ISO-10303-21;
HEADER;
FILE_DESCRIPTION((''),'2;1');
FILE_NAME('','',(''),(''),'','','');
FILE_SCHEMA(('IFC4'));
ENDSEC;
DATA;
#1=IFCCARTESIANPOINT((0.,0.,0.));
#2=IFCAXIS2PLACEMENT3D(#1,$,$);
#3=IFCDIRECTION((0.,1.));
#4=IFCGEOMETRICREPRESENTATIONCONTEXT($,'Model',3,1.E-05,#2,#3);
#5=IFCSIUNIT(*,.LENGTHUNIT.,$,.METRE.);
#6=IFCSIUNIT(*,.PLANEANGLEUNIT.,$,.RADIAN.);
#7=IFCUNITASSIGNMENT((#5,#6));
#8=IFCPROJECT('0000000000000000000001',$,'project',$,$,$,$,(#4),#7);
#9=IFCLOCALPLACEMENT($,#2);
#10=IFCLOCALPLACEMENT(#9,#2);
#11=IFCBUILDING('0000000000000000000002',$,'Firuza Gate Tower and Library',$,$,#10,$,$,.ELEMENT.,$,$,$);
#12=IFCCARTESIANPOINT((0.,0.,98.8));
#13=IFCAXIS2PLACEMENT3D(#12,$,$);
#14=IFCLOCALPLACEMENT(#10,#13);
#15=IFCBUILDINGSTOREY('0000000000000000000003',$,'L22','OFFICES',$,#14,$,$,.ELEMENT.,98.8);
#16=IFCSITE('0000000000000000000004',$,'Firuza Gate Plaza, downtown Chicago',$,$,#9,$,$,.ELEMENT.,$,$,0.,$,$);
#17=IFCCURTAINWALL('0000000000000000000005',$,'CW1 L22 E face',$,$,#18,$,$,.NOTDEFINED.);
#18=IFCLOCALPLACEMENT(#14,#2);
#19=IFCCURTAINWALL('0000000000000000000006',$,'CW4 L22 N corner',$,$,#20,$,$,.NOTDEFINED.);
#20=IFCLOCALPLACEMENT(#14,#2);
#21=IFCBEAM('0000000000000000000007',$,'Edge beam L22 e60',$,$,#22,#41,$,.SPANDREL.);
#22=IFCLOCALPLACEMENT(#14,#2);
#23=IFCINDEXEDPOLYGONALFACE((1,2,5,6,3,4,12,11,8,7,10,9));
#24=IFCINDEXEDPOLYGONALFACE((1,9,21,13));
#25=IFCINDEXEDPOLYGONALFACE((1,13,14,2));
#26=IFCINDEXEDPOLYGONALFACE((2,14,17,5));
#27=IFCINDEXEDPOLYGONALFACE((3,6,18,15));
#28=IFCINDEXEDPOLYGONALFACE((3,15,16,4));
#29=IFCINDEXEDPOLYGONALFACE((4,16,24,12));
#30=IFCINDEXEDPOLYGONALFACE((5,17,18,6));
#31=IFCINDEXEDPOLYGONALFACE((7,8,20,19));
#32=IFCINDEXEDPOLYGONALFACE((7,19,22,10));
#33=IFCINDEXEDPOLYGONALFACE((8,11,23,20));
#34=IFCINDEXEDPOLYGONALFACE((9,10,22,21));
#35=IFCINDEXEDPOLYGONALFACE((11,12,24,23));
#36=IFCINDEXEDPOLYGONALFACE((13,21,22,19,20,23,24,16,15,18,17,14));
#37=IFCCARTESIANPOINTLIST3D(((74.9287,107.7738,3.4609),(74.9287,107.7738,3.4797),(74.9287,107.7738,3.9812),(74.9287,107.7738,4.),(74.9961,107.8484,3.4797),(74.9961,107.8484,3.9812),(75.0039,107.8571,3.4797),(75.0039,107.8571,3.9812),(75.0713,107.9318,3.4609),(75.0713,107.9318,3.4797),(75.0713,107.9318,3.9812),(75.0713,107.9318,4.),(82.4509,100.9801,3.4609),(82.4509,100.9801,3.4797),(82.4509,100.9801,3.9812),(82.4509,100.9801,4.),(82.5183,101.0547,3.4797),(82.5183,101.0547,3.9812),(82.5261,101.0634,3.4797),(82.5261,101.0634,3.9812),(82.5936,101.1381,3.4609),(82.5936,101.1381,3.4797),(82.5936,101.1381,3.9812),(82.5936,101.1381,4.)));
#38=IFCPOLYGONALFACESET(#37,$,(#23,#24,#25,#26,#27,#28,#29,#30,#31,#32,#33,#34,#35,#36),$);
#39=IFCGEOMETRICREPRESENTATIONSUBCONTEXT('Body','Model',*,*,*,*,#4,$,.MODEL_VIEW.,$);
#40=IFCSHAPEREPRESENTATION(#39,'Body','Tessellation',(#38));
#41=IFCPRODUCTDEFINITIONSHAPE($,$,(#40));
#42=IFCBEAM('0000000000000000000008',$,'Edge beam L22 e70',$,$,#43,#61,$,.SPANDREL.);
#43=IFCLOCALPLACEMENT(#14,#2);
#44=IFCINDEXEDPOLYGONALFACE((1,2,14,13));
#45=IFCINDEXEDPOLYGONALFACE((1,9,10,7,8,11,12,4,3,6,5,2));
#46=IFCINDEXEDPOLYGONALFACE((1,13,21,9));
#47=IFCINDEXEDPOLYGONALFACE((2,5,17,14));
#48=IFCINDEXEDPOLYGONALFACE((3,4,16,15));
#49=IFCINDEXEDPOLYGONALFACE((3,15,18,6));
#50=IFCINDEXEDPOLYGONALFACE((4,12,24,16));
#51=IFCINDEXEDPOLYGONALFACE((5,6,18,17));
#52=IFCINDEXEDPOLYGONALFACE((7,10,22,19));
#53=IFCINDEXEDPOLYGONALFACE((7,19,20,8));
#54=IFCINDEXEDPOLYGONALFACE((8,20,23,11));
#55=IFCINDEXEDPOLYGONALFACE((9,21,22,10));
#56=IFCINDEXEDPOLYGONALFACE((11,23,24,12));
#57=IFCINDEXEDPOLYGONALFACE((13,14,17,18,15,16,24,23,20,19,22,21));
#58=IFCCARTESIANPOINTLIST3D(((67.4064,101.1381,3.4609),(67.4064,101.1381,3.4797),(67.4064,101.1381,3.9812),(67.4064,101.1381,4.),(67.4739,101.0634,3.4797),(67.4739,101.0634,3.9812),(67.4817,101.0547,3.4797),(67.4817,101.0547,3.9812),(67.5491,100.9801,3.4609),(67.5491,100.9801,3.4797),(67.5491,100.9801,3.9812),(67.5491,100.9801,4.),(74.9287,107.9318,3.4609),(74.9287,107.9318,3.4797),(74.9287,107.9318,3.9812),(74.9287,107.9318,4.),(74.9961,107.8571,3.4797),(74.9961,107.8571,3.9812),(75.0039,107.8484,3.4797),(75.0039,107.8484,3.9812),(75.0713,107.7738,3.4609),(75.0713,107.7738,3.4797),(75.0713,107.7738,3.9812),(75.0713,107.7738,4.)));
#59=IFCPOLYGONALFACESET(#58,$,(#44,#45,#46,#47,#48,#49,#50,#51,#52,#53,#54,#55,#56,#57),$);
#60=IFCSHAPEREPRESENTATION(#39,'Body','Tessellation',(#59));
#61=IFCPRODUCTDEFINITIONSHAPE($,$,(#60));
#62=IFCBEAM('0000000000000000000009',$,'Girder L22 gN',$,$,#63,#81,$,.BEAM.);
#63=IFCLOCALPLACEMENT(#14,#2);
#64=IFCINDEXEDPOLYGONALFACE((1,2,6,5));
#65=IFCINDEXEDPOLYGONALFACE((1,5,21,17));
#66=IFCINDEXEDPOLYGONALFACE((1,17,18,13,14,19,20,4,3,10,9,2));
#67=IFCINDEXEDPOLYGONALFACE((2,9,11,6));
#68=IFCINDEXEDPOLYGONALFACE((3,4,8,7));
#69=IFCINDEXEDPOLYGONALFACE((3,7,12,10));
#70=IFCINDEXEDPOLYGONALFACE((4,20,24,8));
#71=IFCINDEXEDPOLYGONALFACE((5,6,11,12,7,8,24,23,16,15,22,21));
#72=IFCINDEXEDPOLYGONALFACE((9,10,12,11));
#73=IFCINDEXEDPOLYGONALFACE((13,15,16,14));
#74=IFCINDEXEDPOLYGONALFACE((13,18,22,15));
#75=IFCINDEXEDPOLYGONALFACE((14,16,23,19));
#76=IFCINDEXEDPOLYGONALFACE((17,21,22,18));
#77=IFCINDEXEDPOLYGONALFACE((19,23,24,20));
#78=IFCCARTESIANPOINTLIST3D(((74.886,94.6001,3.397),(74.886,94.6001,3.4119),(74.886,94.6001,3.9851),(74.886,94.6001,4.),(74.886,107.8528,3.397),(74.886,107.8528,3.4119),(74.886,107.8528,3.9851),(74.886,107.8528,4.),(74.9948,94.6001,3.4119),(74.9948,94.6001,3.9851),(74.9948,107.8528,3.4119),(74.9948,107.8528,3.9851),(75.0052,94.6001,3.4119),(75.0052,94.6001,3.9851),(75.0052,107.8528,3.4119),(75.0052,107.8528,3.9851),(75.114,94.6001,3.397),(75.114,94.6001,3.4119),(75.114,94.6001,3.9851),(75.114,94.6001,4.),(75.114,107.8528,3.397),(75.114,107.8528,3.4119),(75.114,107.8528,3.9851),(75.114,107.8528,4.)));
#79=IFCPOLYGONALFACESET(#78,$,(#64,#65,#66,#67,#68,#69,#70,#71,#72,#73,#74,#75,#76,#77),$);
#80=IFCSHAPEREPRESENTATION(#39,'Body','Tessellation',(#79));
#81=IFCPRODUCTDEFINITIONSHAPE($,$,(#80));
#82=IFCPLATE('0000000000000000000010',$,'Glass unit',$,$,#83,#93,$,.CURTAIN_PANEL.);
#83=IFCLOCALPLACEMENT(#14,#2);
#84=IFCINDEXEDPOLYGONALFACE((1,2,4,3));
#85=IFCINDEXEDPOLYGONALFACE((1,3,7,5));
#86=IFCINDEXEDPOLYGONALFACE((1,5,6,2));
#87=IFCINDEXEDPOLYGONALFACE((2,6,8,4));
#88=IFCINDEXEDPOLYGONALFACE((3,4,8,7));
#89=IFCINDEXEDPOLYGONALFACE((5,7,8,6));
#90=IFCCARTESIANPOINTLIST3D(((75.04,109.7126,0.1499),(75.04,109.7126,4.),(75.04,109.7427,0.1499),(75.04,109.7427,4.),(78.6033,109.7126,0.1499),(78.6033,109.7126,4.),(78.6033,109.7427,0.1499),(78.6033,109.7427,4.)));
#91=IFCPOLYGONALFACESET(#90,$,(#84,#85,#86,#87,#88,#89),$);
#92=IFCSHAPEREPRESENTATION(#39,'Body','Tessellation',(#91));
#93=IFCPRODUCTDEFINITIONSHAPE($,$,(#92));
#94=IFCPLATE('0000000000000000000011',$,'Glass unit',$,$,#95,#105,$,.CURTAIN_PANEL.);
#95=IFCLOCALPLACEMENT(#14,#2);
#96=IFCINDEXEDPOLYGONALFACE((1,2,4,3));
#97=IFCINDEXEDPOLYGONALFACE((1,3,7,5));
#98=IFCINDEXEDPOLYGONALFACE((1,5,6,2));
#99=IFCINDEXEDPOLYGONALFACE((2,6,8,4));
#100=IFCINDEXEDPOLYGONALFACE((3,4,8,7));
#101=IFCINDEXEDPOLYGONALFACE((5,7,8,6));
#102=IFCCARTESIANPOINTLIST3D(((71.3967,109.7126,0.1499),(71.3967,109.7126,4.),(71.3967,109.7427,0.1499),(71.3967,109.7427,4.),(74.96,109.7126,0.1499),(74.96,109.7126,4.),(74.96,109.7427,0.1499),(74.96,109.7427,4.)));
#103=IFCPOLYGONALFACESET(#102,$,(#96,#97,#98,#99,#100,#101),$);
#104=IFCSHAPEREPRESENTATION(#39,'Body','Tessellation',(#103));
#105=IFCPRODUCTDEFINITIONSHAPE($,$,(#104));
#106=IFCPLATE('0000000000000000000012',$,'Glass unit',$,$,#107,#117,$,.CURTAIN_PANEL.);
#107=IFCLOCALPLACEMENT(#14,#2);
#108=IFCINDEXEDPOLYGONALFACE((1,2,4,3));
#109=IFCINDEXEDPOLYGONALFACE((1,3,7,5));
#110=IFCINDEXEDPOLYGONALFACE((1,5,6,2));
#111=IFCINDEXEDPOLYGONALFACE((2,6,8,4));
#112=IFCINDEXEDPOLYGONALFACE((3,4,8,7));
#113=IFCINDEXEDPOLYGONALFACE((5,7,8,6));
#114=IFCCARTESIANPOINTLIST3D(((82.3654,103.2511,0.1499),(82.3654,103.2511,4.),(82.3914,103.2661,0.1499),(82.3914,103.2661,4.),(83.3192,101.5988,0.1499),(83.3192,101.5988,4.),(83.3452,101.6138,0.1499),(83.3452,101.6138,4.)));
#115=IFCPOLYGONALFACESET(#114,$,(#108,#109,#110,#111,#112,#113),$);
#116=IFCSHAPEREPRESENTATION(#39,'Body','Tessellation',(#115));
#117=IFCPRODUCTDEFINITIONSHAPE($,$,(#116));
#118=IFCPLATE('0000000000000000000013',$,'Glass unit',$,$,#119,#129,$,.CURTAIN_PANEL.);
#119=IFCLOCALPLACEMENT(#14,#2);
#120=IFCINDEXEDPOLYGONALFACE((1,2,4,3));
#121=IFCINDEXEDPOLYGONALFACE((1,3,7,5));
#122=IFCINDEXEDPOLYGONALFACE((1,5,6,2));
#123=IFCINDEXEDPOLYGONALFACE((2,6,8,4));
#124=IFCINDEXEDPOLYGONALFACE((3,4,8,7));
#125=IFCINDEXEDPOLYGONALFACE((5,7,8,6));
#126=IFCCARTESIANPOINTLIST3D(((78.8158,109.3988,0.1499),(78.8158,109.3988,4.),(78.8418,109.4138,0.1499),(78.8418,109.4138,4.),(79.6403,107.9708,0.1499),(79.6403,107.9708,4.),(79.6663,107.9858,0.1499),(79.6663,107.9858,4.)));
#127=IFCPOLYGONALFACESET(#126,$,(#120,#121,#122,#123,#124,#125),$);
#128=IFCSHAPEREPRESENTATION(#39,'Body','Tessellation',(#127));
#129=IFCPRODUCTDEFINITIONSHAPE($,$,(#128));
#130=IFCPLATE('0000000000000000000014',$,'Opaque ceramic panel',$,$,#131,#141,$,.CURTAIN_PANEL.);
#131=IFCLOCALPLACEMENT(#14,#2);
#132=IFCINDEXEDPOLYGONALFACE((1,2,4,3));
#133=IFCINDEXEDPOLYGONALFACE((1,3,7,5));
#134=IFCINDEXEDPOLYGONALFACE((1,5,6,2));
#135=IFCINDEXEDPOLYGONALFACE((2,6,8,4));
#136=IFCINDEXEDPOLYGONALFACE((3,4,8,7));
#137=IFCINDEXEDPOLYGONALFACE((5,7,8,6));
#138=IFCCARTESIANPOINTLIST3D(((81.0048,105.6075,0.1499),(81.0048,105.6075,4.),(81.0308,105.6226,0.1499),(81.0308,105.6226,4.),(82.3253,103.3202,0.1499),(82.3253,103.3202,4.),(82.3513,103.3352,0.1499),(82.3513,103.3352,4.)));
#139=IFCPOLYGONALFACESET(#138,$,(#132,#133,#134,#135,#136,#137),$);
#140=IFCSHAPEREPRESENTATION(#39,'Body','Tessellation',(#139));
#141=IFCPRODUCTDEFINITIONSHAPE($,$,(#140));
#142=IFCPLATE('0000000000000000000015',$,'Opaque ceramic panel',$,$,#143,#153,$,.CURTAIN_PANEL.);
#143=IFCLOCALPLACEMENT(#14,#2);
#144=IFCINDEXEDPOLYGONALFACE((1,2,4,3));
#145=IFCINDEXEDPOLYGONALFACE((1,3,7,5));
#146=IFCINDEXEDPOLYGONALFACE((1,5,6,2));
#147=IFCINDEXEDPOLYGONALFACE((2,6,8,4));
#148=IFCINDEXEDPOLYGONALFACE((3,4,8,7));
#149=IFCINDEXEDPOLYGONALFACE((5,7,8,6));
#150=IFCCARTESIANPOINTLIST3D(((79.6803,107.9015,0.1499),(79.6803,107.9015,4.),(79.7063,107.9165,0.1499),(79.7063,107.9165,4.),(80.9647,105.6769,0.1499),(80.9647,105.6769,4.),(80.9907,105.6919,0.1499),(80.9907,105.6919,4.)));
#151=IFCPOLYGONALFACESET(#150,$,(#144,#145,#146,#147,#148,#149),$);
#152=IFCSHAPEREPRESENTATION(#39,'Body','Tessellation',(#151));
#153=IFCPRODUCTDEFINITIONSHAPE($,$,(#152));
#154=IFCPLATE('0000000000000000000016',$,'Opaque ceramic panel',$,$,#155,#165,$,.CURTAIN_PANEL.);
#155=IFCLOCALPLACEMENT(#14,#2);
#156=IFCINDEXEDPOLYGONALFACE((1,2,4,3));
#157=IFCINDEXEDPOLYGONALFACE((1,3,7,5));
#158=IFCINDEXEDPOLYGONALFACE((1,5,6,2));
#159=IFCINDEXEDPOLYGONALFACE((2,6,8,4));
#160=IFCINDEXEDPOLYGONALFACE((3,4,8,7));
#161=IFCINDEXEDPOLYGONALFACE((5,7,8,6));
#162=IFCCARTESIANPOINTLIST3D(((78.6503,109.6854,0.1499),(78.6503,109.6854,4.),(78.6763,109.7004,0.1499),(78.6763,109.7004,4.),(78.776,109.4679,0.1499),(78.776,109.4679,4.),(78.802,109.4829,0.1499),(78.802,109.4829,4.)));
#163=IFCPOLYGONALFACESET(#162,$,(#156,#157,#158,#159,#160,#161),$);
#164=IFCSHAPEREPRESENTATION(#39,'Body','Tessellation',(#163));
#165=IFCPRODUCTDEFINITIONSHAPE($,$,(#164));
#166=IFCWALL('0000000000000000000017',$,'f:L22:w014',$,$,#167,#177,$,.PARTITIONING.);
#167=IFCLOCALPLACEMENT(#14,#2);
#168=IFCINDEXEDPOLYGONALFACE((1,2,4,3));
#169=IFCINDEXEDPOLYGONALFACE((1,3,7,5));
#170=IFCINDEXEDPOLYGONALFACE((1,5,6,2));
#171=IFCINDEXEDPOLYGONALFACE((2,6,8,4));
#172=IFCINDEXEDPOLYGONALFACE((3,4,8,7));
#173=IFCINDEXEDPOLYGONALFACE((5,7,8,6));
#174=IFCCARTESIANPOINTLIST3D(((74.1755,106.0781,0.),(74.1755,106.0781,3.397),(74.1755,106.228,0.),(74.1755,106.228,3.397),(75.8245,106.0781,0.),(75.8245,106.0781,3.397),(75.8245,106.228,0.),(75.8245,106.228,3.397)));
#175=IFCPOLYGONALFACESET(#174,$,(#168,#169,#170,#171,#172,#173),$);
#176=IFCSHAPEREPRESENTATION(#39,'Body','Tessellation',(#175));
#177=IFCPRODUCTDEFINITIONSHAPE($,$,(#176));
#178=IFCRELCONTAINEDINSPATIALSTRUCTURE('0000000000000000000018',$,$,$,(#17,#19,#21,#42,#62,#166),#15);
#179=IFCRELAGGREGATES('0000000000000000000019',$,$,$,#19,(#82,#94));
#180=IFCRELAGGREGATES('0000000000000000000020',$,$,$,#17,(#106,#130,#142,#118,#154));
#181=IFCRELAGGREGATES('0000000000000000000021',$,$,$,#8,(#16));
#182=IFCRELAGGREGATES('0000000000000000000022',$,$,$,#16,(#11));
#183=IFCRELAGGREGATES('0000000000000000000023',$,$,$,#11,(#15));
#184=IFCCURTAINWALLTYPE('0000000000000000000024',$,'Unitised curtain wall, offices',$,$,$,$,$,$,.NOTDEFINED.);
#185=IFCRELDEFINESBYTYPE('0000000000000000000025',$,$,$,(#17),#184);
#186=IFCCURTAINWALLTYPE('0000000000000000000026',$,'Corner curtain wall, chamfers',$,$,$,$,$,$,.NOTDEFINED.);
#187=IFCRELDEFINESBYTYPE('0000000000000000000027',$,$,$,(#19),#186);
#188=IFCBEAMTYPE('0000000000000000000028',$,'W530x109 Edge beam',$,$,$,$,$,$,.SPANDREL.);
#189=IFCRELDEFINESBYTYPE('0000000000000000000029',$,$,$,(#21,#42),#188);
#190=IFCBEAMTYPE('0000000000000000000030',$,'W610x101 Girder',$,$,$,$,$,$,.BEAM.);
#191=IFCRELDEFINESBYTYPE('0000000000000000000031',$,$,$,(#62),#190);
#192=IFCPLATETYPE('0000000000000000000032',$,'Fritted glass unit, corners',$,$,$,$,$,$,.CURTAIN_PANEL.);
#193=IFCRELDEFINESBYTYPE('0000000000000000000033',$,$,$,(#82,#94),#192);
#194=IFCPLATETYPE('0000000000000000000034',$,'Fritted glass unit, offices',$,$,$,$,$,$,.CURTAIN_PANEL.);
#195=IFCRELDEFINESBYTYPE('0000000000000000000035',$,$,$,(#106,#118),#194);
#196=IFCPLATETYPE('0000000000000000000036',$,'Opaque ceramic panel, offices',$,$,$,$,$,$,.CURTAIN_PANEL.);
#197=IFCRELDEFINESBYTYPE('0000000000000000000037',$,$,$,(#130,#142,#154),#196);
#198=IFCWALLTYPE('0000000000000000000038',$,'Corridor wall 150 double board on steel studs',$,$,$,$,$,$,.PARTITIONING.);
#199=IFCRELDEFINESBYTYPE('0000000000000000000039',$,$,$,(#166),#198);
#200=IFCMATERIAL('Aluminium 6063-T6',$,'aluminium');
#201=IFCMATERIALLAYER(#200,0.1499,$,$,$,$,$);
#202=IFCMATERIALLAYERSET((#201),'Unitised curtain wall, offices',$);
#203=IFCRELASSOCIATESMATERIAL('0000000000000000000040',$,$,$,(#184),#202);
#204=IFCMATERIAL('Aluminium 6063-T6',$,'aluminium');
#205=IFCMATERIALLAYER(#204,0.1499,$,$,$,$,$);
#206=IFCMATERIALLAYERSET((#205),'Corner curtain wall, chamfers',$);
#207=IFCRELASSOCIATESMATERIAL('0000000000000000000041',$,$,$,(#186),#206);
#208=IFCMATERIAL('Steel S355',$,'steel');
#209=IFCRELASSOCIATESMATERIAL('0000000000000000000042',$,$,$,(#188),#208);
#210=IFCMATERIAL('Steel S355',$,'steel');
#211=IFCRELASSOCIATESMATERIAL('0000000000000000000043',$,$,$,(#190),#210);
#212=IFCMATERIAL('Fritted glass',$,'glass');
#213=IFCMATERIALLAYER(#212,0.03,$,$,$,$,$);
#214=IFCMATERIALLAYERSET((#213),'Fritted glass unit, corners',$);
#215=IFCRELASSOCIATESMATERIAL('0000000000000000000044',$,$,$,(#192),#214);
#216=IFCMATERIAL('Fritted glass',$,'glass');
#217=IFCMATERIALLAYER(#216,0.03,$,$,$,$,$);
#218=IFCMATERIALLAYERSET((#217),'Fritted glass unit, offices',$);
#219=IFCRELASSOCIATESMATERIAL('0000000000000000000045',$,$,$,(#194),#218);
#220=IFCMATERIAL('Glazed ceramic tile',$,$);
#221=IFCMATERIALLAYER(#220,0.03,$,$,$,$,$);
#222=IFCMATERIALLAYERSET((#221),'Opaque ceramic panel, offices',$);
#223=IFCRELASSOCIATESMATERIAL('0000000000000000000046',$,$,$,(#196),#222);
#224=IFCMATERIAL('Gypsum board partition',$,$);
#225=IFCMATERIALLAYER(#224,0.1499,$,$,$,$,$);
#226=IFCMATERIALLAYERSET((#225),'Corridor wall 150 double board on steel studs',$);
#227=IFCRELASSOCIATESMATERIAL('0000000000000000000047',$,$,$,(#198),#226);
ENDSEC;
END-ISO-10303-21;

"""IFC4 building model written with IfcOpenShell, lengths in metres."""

from ifc_helpers import new_model, si_unit, direction, frame, frame_2d, origin, origin_2d, place, context, subcontext, project, spatial, polyline, rectangle, i_section, outline, extrude, material, layer, layer_set, material_profile, profile_set, type_object, element, aggregate, save


model = new_model("IFC4")

# Units and contexts
model_context = context("Model", 3, precision=1e-05, world=origin(), true_north=direction((0.0, 1.0)))
body_context = subcontext(model_context, "Body", "Model", "MODEL_VIEW")
ifc_project = project(units=[si_unit("LENGTHUNIT", "METRE"), si_unit("PLANEANGLEUNIT", "RADIAN")], contexts=[model_context])

# Site, building, storey
site_placement = place(None, origin())
site = spatial("IfcSite", under=ifc_project, at=site_placement, Name="Firuza Gate Plaza, downtown Chicago", CompositionType="ELEMENT", RefElevation=0.0)
building_placement = place(site_placement, origin())
building = spatial("IfcBuilding", under=site, at=building_placement, Name="Firuza Gate Tower and Library", CompositionType="ELEMENT")
storey_placement = place(building_placement, frame((0.0, 0.0, 98.8)))
storey = spatial("IfcBuildingStorey", under=building, at=storey_placement, Name="L22", Description="OFFICES", CompositionType="ELEMENT", Elevation=98.8)

# Curtain walls
ifc_material_1 = material(Name="Aluminium 6063-T6", Category="aluminium")
ifc_layer_1 = layer(ifc_material_1, 0.1499)
ifc_layer_set_1 = layer_set([ifc_layer_1], Name="Unitised curtain wall, offices")
curtain_wall_type_1 = type_object("IfcCurtainWallType", Name="Unitised curtain wall, offices", PredefinedType="NOTDEFINED", material=ifc_layer_set_1)
placement = place(storey_placement, origin())
curtain_wall_1 = element("IfcCurtainWall", 1, at=placement, inside=storey, type_object=curtain_wall_type_1, Name="CW1 L22 E face", PredefinedType="NOTDEFINED")
ifc_material_2 = material(Name="Aluminium 6063-T6", Category="aluminium")
ifc_layer_2 = layer(ifc_material_2, 0.1499)
ifc_layer_set_2 = layer_set([ifc_layer_2], Name="Corner curtain wall, chamfers")
curtain_wall_type_2 = type_object("IfcCurtainWallType", Name="Corner curtain wall, chamfers", PredefinedType="NOTDEFINED", material=ifc_layer_set_2)
curtain_wall_2 = element("IfcCurtainWall", 2, at=placement, inside=storey, type_object=curtain_wall_type_2, Name="CW4 L22 N corner", PredefinedType="NOTDEFINED")

# Beams
ifc_material_3 = material(Name="Steel S355", Category="steel")
ifc_material_profile_1 = material_profile(ifc_material_3, i_section(OverallWidth=0.2129, OverallDepth=0.5391, WebThickness=0.0117, FlangeThickness=0.0188, at=origin_2d()))
ifc_profile_set_1 = profile_set([ifc_material_profile_1], Name="Steel S355")
beam_type_1 = type_object("IfcBeamType", Name="W530x109 Edge beam", PredefinedType="SPANDREL", material=ifc_profile_set_1)
for number, where, z_axis, x_axis, name in (
    (3, (82.5222, 101.0591, 3.7305), (-0.74213, 0.670256, 0.0), (-0.670256, -0.74213, 0.0), "Edge beam L22 e60"),
    (4, (75.0, 107.8528, 3.7305), (-0.74213, -0.670256, 0.0), (0.670256, -0.74213, 0.0), "Edge beam L22 e70"),
):
    element("IfcBeam", number, at=place(storey_placement, frame(where, z_axis=z_axis, x_axis=x_axis)), inside=storey, type_object=beam_type_1, Name=name, PredefinedType="SPANDREL", context=body_context, shape_type="SweptSolid", body=[
        extrude(i_section(OverallWidth=0.2129, OverallDepth=0.5391, WebThickness=0.0117, FlangeThickness=0.0188, at=origin_2d()), origin(), (0.0, 0.0, 1.0), 10.136),
    ])
ifc_material_4 = material(Name="Steel S355", Category="steel")
ifc_material_profile_2 = material_profile(ifc_material_4, i_section(OverallWidth=0.228, OverallDepth=0.603, WebThickness=0.0105, FlangeThickness=0.0149, at=origin_2d()))
ifc_profile_set_2 = profile_set([ifc_material_profile_2], Name="Steel S355")
beam_type_2 = type_object("IfcBeamType", Name="W610x101 Girder", PredefinedType="BEAM", material=ifc_profile_set_2)
beam_1_placement = place(storey_placement, frame((75.0, 107.8528, 3.6985), z_axis=(0.0, -1.0, 0.0), x_axis=(1.0, 0.0, 0.0)))
element("IfcBeam", 5, at=beam_1_placement, inside=storey, type_object=beam_type_2, Name="Girder L22 gN", PredefinedType="BEAM", context=body_context, shape_type="SweptSolid", body=[
    extrude(i_section(OverallWidth=0.228, OverallDepth=0.603, WebThickness=0.0105, FlangeThickness=0.0149, at=origin_2d()), origin(), (0.0, 0.0, 1.0), 13.2527),
])

# Plates
ifc_material_5 = material(Name="Fritted glass", Category="glass")
ifc_layer_3 = layer(ifc_material_5, 0.03)
ifc_layer_set_3 = layer_set([ifc_layer_3], Name="Fritted glass unit, corners")
plate_type_1 = type_object("IfcPlateType", Name="Fritted glass unit, corners", PredefinedType="CURTAIN_PANEL", material=ifc_layer_set_3)
plate_1_placement = place(storey_placement, frame((78.6033, 109.7427, 0.1499), z_axis=(0.0, 1.0, 0.0), x_axis=(-1.0, 0.0, 0.0)))
plate_1 = element("IfcPlate", 6, at=plate_1_placement, type_object=plate_type_1, Name="Glass unit", PredefinedType="CURTAIN_PANEL", context=body_context, shape_type="SweptSolid", body=[
    extrude(outline(polyline([(0.0, 0.0), (3.5632, 0.0), (3.5632, 3.8501), (0.0, 3.8501), (0.0, 0.0)])), origin(), (0.0, 0.0, -1.0), 0.03),
])
plate_2_placement = place(storey_placement, frame((74.96, 109.7427, 0.1499), z_axis=(0.0, 1.0, 0.0), x_axis=(-1.0, 0.0, 0.0)))
plate_2 = element("IfcPlate", 7, at=plate_2_placement, type_object=plate_type_1, Name="Glass unit", PredefinedType="CURTAIN_PANEL", context=body_context, shape_type="SweptSolid", body=[
    extrude(outline(polyline([(0.0, 0.0), (3.5632, 0.0), (3.5632, 3.8501), (0.0, 3.8501), (0.0, 0.0)])), origin(), (0.0, 0.0, -1.0), 0.03),
])
aggregate(curtain_wall_2, [plate_1, plate_2])
ifc_material_6 = material(Name="Fritted glass", Category="glass")
ifc_layer_4 = layer(ifc_material_6, 0.03)
ifc_layer_set_4 = layer_set([ifc_layer_4], Name="Fritted glass unit, offices")
plate_type_2 = type_object("IfcPlateType", Name="Fritted glass unit, offices", PredefinedType="CURTAIN_PANEL", material=ifc_layer_set_4)
plate_3_placement = place(storey_placement, frame((83.3452, 101.6138, 0.1499), z_axis=(0.866053, 0.499951, 0.0), x_axis=(-0.499951, 0.866053, 0.0)))
plate_3 = element("IfcPlate", 8, at=plate_3_placement, type_object=plate_type_2, Name="Glass unit", PredefinedType="CURTAIN_PANEL", context=body_context, shape_type="SweptSolid", body=[
    extrude(outline(polyline([(0.0, 0.0), (1.9079, 0.0), (1.9079, 3.8501), (0.0, 3.8501), (0.0, 0.0)])), origin(), (0.0, 0.0, -1.0), 0.03),
])
plate_4_placement = place(storey_placement, frame((79.6663, 107.9858, 0.1499), z_axis=(0.86602, 0.500009, 0.0), x_axis=(-0.500009, 0.86602, 0.0)))
plate_4 = element("IfcPlate", 9, at=plate_4_placement, type_object=plate_type_2, Name="Glass unit", PredefinedType="CURTAIN_PANEL", context=body_context, shape_type="SweptSolid", body=[
    extrude(outline(polyline([(0.0, 0.0), (1.6489, 0.0), (1.6489, 3.8501), (0.0, 3.8501), (0.0, 0.0)])), origin(), (0.0, 0.0, -1.0), 0.03),
])
ifc_material_7 = material(Name="Glazed ceramic tile")
ifc_layer_5 = layer(ifc_material_7, 0.03)
ifc_layer_set_5 = layer_set([ifc_layer_5], Name="Opaque ceramic panel, offices")
plate_type_3 = type_object("IfcPlateType", Name="Opaque ceramic panel, offices", PredefinedType="CURTAIN_PANEL", material=ifc_layer_set_5)
plate_5_placement = place(storey_placement, frame((82.3513, 103.3352, 0.1499), z_axis=(0.866033, 0.499987, 0.0), x_axis=(-0.499987, 0.866033, 0.0)))
plate_5 = element("IfcPlate", 10, at=plate_5_placement, type_object=plate_type_3, Name="Opaque ceramic panel", PredefinedType="CURTAIN_PANEL", context=body_context, shape_type="SweptSolid", body=[
    extrude(outline(polyline([(0.0, 0.0), (2.6412, 0.0), (2.6412, 3.8501), (0.0, 3.8501), (0.0, 0.0)])), origin(), (0.0, 0.0, -1.0), 0.03),
])
plate_6_placement = place(storey_placement, frame((80.9907, 105.6919, 0.1499), z_axis=(0.866018, 0.500013, 0.0), x_axis=(-0.500013, 0.866018, 0.0)))
plate_6 = element("IfcPlate", 11, at=plate_6_placement, type_object=plate_type_3, Name="Opaque ceramic panel", PredefinedType="CURTAIN_PANEL", context=body_context, shape_type="SweptSolid", body=[
    extrude(outline(polyline([(0.0, 0.0), (2.5688, 0.0), (2.5688, 3.8501), (0.0, 3.8501), (0.0, 0.0)])), origin(), (0.0, 0.0, -1.0), 0.03),
])
plate_7_placement = place(storey_placement, frame((78.802, 109.4829, 0.1499), z_axis=(0.865781, 0.500423, 0.0), x_axis=(-0.500423, 0.865781, 0.0)))
plate_7 = element("IfcPlate", 12, at=plate_7_placement, type_object=plate_type_3, Name="Opaque ceramic panel", PredefinedType="CURTAIN_PANEL", context=body_context, shape_type="SweptSolid", body=[
    extrude(outline(polyline([(0.0, 0.0), (0.2513, 0.0), (0.2513, 3.8501), (0.0, 3.8501), (0.0, 0.0)])), origin(), (0.0, 0.0, -1.0), 0.03),
])
aggregate(curtain_wall_1, [plate_3, plate_5, plate_6, plate_4, plate_7])

# Wall
ifc_material_8 = material(Name="Gypsum board partition")
ifc_layer_6 = layer(ifc_material_8, 0.1499)
ifc_layer_set_6 = layer_set([ifc_layer_6], Name="Corridor wall 150 double board on steel studs")
wall_type_1 = type_object("IfcWallType", Name="Corridor wall 150 double board on steel studs", PredefinedType="PARTITIONING", material=ifc_layer_set_6)
wall_1_placement = place(storey_placement, frame((74.1755, 106.1531, 0.0), z_axis=(0.0, 0.0, 1.0), x_axis=(1.0, 0.0, 0.0)))
element("IfcWall", 13, at=wall_1_placement, inside=storey, type_object=wall_type_1, Name="f:L22:w014", PredefinedType="PARTITIONING", context=body_context, shape_type="SweptSolid", body=[
    extrude(rectangle(XDim=1.6489, YDim=0.1499, at=frame_2d((0.8245, 0.0))), origin(), (0.0, 0.0, 1.0), 3.397),
])

save(model, "model.ifc")
